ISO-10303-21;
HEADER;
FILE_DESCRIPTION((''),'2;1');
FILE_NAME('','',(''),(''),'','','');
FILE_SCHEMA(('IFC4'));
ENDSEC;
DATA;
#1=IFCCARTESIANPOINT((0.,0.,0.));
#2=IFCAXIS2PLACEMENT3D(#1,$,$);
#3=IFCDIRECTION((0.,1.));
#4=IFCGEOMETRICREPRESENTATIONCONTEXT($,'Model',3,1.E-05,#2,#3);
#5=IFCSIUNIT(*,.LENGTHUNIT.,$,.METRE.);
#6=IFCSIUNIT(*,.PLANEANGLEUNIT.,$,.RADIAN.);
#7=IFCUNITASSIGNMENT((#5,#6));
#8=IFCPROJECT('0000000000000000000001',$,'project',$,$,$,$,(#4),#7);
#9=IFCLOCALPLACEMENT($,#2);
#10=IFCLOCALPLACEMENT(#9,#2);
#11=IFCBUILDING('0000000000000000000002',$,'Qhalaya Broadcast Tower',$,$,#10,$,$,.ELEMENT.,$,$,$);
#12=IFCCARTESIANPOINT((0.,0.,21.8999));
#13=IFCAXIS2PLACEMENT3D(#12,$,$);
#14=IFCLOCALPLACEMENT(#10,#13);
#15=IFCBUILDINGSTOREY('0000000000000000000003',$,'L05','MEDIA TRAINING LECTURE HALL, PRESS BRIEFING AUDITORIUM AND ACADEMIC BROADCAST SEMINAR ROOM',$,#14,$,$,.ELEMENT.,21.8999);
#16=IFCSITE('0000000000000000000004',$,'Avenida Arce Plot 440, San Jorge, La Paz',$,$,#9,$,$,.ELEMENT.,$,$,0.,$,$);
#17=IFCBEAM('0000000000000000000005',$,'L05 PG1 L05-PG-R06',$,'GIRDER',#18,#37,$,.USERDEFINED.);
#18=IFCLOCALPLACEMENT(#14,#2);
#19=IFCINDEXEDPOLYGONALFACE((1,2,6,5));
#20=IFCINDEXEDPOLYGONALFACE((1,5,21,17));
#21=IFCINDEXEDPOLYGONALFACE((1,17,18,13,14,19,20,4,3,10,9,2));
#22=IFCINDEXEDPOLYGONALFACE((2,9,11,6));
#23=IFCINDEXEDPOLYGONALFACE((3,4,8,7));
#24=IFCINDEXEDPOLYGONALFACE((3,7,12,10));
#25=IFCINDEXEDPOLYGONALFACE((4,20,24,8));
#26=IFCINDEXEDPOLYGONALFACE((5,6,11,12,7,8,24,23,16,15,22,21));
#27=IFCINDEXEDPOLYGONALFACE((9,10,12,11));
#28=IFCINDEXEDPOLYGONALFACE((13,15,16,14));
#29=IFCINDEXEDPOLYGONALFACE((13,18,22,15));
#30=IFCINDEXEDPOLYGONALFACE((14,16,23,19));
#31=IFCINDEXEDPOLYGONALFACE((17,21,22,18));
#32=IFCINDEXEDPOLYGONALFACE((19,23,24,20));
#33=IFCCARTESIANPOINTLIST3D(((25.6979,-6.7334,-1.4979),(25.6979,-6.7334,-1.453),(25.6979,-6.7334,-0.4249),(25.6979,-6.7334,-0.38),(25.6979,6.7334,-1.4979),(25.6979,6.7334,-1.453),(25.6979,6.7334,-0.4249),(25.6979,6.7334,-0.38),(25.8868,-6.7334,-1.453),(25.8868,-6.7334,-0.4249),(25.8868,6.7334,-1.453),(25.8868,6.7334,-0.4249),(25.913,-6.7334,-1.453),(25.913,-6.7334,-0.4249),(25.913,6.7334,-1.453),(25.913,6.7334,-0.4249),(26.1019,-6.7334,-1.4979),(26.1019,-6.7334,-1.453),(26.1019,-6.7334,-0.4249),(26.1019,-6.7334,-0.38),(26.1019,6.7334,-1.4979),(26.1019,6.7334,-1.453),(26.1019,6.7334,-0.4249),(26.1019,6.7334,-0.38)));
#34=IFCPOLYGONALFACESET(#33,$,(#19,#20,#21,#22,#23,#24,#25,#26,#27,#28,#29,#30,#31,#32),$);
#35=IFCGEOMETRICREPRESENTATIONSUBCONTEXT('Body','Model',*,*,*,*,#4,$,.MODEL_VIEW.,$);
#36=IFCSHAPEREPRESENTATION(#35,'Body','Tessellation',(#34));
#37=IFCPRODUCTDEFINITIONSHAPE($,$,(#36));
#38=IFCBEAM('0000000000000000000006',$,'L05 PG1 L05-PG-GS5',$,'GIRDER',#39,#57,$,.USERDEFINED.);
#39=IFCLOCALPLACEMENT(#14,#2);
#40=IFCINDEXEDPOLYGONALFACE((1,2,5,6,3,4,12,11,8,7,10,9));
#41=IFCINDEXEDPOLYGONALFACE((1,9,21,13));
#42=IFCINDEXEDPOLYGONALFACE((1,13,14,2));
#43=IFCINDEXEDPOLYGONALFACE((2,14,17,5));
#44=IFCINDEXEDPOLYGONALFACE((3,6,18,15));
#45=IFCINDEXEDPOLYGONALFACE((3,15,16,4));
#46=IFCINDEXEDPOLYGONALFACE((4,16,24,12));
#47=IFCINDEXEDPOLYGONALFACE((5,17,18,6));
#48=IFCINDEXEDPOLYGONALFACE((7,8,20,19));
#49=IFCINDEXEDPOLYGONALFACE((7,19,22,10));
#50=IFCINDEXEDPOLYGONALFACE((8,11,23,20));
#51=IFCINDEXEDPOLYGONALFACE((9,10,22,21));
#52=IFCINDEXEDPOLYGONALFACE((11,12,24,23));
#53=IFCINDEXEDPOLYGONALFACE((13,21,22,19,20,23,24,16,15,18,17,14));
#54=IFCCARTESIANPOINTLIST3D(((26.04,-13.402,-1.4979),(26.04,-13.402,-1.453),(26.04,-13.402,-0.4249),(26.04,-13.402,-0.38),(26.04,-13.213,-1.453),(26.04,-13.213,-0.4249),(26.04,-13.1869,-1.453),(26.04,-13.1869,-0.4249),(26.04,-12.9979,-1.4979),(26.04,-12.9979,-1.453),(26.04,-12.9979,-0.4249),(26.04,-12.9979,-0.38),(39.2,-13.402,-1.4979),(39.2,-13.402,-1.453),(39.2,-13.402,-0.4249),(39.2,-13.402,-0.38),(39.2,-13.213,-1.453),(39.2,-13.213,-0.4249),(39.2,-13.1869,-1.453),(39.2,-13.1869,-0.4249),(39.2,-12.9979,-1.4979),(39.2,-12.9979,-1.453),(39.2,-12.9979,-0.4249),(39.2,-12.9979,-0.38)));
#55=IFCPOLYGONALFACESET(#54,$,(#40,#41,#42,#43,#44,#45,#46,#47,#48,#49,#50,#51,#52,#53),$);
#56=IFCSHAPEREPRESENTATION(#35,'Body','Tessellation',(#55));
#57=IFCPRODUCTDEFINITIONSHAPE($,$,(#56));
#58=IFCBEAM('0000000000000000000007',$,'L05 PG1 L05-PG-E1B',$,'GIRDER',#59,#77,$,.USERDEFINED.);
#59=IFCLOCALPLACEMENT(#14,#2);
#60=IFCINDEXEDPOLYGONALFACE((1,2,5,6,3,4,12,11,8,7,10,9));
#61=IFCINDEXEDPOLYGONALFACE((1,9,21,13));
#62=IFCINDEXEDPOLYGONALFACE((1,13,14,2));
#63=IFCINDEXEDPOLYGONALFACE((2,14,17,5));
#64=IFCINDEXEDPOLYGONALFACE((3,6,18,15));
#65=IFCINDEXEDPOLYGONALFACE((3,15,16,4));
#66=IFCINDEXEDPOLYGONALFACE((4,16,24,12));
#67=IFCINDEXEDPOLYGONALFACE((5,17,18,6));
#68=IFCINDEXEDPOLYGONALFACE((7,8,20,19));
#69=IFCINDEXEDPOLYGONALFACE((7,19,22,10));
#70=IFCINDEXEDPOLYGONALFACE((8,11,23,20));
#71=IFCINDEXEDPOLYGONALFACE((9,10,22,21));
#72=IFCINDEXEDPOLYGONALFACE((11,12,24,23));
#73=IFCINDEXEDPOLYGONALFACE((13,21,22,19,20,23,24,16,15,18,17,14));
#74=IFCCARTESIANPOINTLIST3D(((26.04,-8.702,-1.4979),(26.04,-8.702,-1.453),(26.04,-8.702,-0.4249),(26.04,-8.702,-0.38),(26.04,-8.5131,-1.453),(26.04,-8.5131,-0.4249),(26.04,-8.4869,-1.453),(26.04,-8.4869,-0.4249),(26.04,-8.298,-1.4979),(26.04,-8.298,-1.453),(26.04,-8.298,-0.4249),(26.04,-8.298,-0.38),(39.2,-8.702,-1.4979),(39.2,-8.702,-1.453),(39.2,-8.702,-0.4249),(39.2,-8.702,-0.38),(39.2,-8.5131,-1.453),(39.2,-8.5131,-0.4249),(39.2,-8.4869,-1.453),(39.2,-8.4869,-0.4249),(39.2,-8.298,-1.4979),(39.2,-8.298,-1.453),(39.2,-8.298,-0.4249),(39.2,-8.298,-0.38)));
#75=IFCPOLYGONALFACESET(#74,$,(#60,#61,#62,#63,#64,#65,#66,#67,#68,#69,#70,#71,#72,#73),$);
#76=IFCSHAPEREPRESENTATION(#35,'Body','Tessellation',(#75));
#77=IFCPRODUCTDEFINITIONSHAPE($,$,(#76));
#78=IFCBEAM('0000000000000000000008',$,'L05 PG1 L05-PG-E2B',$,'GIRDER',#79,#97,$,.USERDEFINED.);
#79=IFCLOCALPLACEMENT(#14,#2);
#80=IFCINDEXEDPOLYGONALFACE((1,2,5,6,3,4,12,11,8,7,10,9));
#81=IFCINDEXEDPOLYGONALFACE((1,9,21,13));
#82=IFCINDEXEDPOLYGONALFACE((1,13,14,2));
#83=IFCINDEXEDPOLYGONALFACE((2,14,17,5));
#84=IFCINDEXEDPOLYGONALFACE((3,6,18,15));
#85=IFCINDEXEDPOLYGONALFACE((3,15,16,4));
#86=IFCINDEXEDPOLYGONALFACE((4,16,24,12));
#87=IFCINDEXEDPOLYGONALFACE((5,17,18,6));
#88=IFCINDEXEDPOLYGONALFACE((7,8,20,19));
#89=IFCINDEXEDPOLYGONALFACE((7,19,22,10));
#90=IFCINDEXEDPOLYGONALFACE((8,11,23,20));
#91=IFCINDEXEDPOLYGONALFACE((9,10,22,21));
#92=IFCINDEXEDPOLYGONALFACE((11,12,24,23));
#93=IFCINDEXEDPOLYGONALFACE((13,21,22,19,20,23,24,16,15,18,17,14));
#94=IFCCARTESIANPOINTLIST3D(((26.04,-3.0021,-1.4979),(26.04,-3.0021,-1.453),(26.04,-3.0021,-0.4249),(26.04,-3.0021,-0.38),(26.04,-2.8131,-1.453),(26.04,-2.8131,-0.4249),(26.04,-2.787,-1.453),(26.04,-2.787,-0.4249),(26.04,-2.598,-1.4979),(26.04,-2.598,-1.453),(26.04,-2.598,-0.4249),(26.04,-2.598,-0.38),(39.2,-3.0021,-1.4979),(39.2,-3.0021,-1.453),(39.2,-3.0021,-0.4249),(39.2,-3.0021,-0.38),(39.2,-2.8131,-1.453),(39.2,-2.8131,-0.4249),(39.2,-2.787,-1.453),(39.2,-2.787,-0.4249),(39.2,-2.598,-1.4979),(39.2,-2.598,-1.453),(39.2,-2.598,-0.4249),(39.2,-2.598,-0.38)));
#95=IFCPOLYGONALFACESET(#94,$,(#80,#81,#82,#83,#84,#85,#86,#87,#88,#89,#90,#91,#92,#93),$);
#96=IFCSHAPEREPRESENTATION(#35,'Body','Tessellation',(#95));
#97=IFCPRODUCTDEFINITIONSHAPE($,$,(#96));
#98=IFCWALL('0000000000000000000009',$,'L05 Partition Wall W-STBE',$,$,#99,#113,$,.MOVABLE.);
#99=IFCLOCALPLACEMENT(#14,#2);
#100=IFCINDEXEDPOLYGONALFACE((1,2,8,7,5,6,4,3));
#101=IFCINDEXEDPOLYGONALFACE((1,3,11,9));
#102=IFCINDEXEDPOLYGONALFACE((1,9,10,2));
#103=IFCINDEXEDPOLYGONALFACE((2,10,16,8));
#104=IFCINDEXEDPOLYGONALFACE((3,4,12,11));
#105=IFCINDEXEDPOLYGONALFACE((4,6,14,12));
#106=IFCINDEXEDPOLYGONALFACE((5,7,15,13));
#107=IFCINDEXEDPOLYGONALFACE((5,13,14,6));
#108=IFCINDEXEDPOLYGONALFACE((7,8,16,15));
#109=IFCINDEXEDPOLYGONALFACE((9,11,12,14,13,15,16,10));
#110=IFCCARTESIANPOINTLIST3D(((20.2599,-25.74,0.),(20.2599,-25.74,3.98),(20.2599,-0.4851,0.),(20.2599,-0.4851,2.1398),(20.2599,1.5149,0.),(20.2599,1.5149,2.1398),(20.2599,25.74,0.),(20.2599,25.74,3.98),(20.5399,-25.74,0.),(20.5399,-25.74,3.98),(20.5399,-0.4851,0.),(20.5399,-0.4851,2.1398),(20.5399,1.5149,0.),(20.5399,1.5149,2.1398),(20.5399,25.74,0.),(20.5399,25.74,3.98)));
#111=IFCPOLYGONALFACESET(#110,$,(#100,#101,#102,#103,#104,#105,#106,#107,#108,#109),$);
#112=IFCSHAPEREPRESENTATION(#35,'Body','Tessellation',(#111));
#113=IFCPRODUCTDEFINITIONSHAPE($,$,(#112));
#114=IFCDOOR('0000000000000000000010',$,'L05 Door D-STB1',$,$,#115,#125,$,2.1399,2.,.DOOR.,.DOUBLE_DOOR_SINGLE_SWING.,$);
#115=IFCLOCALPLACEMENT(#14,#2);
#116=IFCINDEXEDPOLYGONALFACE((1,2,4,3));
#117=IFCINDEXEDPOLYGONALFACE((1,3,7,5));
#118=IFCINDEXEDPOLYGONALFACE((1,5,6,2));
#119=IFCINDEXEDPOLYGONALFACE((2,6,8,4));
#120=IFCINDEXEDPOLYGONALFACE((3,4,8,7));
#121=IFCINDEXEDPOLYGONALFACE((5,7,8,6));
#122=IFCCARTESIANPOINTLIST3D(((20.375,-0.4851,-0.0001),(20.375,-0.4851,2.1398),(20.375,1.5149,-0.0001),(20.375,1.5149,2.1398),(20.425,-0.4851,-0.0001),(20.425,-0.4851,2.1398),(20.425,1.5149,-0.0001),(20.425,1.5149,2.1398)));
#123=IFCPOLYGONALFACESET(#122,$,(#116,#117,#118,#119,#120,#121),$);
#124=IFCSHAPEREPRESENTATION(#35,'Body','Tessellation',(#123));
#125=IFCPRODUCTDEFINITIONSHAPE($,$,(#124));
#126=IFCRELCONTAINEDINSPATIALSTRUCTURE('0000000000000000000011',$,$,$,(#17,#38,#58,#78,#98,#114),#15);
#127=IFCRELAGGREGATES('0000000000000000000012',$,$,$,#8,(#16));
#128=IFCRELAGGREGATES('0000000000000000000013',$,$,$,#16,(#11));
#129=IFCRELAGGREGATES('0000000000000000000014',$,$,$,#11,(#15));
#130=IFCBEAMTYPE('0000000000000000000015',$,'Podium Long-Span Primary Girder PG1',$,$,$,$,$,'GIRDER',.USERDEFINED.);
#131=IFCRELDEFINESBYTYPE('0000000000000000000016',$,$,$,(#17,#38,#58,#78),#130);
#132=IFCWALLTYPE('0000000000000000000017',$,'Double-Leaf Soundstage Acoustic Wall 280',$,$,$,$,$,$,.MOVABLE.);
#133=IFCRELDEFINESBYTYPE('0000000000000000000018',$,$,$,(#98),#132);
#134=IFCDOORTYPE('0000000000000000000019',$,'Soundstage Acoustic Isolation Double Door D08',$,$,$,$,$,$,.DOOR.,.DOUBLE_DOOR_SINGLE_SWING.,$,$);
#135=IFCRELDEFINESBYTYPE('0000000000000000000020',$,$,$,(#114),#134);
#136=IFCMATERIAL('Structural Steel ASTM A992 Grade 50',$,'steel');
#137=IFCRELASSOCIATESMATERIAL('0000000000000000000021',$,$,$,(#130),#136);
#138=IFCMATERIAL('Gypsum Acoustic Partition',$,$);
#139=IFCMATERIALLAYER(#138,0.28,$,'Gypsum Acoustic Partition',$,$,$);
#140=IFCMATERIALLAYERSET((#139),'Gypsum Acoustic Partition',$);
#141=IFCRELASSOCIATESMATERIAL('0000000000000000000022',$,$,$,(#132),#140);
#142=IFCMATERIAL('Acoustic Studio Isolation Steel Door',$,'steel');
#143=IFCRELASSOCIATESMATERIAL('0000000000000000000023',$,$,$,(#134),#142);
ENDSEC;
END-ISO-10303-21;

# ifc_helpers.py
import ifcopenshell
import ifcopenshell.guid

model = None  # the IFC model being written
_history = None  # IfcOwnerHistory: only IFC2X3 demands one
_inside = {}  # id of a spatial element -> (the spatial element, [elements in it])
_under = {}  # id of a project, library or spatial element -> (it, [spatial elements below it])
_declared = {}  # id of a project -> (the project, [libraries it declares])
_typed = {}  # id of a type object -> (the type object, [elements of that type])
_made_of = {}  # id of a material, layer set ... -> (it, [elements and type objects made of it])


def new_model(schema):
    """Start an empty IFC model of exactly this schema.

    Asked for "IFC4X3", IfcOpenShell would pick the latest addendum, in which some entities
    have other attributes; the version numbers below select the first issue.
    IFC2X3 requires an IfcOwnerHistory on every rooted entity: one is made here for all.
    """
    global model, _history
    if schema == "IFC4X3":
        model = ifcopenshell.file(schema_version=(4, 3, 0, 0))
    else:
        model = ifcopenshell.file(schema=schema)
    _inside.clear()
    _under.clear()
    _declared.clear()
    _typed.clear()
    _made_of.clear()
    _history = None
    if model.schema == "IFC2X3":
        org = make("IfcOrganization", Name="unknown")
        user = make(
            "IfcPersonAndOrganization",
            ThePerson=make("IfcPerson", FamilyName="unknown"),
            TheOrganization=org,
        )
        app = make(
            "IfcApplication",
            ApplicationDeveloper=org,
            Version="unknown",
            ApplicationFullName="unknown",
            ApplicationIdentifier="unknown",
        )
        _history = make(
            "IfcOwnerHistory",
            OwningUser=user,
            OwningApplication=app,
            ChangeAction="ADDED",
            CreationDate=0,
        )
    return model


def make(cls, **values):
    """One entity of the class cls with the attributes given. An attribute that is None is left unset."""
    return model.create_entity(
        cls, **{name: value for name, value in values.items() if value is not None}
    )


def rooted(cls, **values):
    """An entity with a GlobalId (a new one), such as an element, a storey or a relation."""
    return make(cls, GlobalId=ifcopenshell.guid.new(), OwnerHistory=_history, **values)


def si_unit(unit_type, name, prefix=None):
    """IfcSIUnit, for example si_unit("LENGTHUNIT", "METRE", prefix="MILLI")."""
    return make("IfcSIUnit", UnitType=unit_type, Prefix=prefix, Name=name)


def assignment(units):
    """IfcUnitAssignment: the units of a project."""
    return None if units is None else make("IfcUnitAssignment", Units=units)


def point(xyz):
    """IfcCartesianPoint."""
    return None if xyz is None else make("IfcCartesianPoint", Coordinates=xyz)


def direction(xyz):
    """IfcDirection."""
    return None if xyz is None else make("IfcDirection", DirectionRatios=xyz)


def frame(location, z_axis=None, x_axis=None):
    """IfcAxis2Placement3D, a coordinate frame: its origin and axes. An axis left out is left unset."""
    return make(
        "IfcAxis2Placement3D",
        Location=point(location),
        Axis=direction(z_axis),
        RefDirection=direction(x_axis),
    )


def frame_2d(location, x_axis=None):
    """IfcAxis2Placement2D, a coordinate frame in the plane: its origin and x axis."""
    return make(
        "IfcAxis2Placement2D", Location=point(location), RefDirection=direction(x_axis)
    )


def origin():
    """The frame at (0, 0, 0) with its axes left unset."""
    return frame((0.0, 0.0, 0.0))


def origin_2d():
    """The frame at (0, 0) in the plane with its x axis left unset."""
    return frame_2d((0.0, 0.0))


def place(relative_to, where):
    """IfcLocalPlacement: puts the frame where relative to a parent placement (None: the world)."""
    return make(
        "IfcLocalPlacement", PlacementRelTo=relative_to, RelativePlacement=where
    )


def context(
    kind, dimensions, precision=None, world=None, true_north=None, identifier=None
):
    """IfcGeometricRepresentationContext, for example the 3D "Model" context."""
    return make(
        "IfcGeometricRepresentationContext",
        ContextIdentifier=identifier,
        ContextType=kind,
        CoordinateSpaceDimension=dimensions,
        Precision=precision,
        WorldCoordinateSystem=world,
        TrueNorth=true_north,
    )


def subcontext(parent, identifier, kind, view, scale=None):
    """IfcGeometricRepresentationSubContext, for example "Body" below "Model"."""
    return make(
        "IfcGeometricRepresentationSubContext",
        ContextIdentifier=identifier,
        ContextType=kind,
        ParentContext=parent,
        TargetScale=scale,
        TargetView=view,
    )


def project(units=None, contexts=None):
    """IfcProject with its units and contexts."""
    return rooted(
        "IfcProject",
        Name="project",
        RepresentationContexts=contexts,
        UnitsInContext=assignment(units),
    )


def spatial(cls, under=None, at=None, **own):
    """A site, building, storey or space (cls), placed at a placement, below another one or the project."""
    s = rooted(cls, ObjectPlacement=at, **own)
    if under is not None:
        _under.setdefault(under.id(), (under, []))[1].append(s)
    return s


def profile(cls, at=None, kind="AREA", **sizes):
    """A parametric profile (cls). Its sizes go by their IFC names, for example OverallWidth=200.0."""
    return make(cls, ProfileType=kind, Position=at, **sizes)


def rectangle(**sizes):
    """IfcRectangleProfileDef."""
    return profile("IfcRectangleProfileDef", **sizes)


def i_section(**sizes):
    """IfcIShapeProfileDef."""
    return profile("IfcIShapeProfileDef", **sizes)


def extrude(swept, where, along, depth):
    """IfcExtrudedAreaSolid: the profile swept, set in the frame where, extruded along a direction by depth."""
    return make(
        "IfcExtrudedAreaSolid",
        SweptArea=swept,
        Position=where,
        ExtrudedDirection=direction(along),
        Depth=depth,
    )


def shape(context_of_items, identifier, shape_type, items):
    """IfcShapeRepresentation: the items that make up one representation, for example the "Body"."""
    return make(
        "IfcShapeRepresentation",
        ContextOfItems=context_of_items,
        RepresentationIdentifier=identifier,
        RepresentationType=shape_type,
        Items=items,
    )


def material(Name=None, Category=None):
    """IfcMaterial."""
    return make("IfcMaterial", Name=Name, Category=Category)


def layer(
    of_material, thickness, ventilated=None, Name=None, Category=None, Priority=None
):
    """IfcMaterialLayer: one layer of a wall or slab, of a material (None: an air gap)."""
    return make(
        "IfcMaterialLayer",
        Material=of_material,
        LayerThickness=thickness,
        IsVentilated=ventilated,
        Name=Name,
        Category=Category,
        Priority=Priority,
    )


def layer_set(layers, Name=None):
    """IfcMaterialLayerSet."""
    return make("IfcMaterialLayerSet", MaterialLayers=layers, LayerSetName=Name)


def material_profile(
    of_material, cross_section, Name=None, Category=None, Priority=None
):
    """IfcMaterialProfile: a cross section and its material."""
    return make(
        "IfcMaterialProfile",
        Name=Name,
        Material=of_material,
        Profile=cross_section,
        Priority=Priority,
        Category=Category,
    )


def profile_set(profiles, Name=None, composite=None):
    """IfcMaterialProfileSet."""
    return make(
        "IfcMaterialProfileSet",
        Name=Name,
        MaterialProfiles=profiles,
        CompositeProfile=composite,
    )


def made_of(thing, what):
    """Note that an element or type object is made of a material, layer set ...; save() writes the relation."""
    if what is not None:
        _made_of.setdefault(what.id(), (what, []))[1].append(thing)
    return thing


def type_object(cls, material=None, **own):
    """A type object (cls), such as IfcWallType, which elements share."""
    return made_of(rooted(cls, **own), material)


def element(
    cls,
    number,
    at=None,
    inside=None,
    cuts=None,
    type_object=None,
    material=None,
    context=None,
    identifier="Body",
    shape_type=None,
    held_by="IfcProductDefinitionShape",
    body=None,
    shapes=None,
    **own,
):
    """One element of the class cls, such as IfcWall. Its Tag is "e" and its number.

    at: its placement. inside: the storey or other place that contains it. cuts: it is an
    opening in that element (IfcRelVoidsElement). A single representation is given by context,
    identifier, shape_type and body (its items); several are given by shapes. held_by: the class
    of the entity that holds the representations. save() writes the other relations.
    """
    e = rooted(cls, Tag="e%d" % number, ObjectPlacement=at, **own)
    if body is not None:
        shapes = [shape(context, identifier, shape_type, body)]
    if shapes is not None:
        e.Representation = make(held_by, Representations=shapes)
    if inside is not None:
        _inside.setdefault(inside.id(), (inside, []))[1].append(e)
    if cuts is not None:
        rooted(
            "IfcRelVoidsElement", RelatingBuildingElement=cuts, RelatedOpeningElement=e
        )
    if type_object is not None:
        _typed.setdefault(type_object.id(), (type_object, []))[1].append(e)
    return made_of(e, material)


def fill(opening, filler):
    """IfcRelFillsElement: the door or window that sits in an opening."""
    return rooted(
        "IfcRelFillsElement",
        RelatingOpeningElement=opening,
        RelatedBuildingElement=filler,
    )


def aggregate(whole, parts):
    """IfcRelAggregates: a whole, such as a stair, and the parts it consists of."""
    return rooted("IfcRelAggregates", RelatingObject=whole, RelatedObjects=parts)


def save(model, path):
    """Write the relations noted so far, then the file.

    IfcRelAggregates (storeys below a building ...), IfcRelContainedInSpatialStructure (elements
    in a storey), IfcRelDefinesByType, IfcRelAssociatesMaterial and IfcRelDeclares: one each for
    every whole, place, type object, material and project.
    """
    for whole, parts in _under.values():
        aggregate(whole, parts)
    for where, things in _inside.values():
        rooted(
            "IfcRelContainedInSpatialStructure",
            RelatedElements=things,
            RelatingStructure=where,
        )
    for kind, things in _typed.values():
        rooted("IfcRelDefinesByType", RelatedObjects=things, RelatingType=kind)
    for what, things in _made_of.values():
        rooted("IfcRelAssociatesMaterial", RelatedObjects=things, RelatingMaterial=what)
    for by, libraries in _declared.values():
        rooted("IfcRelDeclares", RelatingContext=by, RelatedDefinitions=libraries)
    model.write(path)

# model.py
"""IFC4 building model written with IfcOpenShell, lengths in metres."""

from ifc_helpers import new_model, si_unit, direction, frame, frame_2d, origin, origin_2d, place, context, subcontext, project, spatial, rectangle, i_section, extrude, material, layer, layer_set, material_profile, profile_set, type_object, element, fill, save


model = new_model("IFC4")

# Units and contexts
model_context = context("Model", 3, precision=1e-05, world=origin(), true_north=direction((0.0, 1.0)))
body_context = subcontext(model_context, "Body", "Model", "MODEL_VIEW")
ifc_project = project(units=[si_unit("LENGTHUNIT", "METRE"), si_unit("PLANEANGLEUNIT", "RADIAN")], contexts=[model_context])

# Site, building, storey
site_placement = place(None, origin())
site = spatial("IfcSite", under=ifc_project, at=site_placement, Name="Avenida Arce Plot 440, San Jorge, La Paz", CompositionType="ELEMENT", RefElevation=0.0)
building_placement = place(site_placement, origin())
building = spatial("IfcBuilding", under=site, at=building_placement, Name="Qhalaya Broadcast Tower", CompositionType="ELEMENT")
storey_placement = place(building_placement, frame((0.0, 0.0, 21.8999)))
storey = spatial("IfcBuildingStorey", under=building, at=storey_placement, Name="L05", Description="MEDIA TRAINING LECTURE HALL, PRESS BRIEFING AUDITORIUM AND ACADEMIC BROADCAST SEMINAR ROOM", CompositionType="ELEMENT", Elevation=21.8999)

# Beams
ifc_material_1 = material(Name="Structural Steel ASTM A992 Grade 50", Category="steel")
ifc_material_profile_1 = material_profile(ifc_material_1, i_section(OverallWidth=0.4041, OverallDepth=1.1179, WebThickness=0.0261, FlangeThickness=0.0449, at=origin_2d()), Name="W44X335")
ifc_profile_set_1 = profile_set([ifc_material_profile_1], Name="Structural Steel ASTM A992 Grade 50")
beam_type_1 = type_object("IfcBeamType", Name="Podium Long-Span Primary Girder PG1", ElementType="GIRDER", PredefinedType="USERDEFINED", material=ifc_profile_set_1)
beam_1_placement = place(storey_placement, frame((25.8999, -6.7334, -0.939), z_axis=(0.0, 1.0, 0.0), x_axis=(-1.0, 0.0, 0.0)))
element("IfcBeam", 1, at=beam_1_placement, inside=storey, type_object=beam_type_1, Name="L05 PG1 L05-PG-R06", ObjectType="GIRDER", PredefinedType="USERDEFINED", context=body_context, shape_type="SweptSolid", body=[
    extrude(i_section(OverallWidth=0.4041, OverallDepth=1.1179, WebThickness=0.0261, FlangeThickness=0.0449, at=origin_2d()), origin(), (0.0, 0.0, 1.0), 13.4668),
])
for number, where, z_axis, x_axis, name in (
    (2, (26.04, -13.2, -0.939), (1.0, 0.0, 0.0), (0.0, 1.0, 0.0), "L05 PG1 L05-PG-GS5"),
    (3, (26.04, -8.5, -0.939), (1.0, 0.0, 0.0), (0.0, 1.0, 0.0), "L05 PG1 L05-PG-E1B"),
    (4, (26.04, -2.8, -0.939), (1.0, 0.0, 0.0), (0.0, 1.0, 0.0), "L05 PG1 L05-PG-E2B"),
):
    element("IfcBeam", number, at=place(storey_placement, frame(where, z_axis=z_axis, x_axis=x_axis)), inside=storey, type_object=beam_type_1, Name=name, ObjectType="GIRDER", PredefinedType="USERDEFINED", context=body_context, shape_type="SweptSolid", body=[
        extrude(i_section(OverallWidth=0.4041, OverallDepth=1.1179, WebThickness=0.0261, FlangeThickness=0.0449, at=origin_2d()), origin(), (0.0, 0.0, 1.0), 13.1599),
    ])

# Wall, opening, door
ifc_material_2 = material(Name="Gypsum Acoustic Partition")
ifc_layer_1 = layer(ifc_material_2, 0.28, Name="Gypsum Acoustic Partition")
ifc_layer_set_1 = layer_set([ifc_layer_1], Name="Gypsum Acoustic Partition")
wall_type_1 = type_object("IfcWallType", Name="Double-Leaf Soundstage Acoustic Wall 280", PredefinedType="MOVABLE", material=ifc_layer_set_1)
wall_1_placement = place(storey_placement, frame((20.3999, -25.74, 0.0), z_axis=(0.0, 0.0, 1.0), x_axis=(0.0, 1.0, 0.0)))
wall_1 = element("IfcWall", 5, at=wall_1_placement, inside=storey, type_object=wall_type_1, Name="L05 Partition Wall W-STBE", PredefinedType="MOVABLE", context=body_context, shape_type="SweptSolid", body=[
    extrude(rectangle(XDim=51.48, YDim=0.28, at=frame_2d((25.74, 0.0))), origin(), (0.0, 0.0, 1.0), 3.98),
])
opening_1_placement = place(wall_1_placement, frame((25.2549, 0.0, 0.0)))
opening_1 = element("IfcOpeningElement", 6, at=opening_1_placement, cuts=wall_1, PredefinedType="OPENING", context=body_context, shape_type="SweptSolid", body=[
    extrude(rectangle(XDim=2.0, YDim=2.1399, at=frame_2d((1.0, 1.0698))), frame((0.0, 0.1521, 0.0), z_axis=(0.0, -1.0, 0.0), x_axis=(1.0, 0.0, 0.0)), (0.0, 0.0, 1.0), 0.304),
])
ifc_material_3 = material(Name="Acoustic Studio Isolation Steel Door", Category="steel")
door_type = type_object("IfcDoorType", Name="Soundstage Acoustic Isolation Double Door D08", OperationType="DOUBLE_DOOR_SINGLE_SWING", PredefinedType="DOOR", material=ifc_material_3)
door_placement = place(opening_1_placement, origin())
door = element("IfcDoor", 7, at=door_placement, inside=storey, type_object=door_type, Name="L05 Door D-STB1", OperationType="DOUBLE_DOOR_SINGLE_SWING", OverallHeight=2.1399, OverallWidth=2.0, PredefinedType="DOOR", context=body_context, shape_type="SweptSolid", body=[
    extrude(rectangle(XDim=2.0, YDim=2.1399, at=frame_2d((1.0, 1.0698))), frame((0.0, 0.0249, 0.0), z_axis=(0.0, -1.0, 0.0), x_axis=(1.0, 0.0, 0.0)), (0.0, 0.0, 1.0), 0.05),
])
fill(opening_1, door)

save(model, "model.ifc")
